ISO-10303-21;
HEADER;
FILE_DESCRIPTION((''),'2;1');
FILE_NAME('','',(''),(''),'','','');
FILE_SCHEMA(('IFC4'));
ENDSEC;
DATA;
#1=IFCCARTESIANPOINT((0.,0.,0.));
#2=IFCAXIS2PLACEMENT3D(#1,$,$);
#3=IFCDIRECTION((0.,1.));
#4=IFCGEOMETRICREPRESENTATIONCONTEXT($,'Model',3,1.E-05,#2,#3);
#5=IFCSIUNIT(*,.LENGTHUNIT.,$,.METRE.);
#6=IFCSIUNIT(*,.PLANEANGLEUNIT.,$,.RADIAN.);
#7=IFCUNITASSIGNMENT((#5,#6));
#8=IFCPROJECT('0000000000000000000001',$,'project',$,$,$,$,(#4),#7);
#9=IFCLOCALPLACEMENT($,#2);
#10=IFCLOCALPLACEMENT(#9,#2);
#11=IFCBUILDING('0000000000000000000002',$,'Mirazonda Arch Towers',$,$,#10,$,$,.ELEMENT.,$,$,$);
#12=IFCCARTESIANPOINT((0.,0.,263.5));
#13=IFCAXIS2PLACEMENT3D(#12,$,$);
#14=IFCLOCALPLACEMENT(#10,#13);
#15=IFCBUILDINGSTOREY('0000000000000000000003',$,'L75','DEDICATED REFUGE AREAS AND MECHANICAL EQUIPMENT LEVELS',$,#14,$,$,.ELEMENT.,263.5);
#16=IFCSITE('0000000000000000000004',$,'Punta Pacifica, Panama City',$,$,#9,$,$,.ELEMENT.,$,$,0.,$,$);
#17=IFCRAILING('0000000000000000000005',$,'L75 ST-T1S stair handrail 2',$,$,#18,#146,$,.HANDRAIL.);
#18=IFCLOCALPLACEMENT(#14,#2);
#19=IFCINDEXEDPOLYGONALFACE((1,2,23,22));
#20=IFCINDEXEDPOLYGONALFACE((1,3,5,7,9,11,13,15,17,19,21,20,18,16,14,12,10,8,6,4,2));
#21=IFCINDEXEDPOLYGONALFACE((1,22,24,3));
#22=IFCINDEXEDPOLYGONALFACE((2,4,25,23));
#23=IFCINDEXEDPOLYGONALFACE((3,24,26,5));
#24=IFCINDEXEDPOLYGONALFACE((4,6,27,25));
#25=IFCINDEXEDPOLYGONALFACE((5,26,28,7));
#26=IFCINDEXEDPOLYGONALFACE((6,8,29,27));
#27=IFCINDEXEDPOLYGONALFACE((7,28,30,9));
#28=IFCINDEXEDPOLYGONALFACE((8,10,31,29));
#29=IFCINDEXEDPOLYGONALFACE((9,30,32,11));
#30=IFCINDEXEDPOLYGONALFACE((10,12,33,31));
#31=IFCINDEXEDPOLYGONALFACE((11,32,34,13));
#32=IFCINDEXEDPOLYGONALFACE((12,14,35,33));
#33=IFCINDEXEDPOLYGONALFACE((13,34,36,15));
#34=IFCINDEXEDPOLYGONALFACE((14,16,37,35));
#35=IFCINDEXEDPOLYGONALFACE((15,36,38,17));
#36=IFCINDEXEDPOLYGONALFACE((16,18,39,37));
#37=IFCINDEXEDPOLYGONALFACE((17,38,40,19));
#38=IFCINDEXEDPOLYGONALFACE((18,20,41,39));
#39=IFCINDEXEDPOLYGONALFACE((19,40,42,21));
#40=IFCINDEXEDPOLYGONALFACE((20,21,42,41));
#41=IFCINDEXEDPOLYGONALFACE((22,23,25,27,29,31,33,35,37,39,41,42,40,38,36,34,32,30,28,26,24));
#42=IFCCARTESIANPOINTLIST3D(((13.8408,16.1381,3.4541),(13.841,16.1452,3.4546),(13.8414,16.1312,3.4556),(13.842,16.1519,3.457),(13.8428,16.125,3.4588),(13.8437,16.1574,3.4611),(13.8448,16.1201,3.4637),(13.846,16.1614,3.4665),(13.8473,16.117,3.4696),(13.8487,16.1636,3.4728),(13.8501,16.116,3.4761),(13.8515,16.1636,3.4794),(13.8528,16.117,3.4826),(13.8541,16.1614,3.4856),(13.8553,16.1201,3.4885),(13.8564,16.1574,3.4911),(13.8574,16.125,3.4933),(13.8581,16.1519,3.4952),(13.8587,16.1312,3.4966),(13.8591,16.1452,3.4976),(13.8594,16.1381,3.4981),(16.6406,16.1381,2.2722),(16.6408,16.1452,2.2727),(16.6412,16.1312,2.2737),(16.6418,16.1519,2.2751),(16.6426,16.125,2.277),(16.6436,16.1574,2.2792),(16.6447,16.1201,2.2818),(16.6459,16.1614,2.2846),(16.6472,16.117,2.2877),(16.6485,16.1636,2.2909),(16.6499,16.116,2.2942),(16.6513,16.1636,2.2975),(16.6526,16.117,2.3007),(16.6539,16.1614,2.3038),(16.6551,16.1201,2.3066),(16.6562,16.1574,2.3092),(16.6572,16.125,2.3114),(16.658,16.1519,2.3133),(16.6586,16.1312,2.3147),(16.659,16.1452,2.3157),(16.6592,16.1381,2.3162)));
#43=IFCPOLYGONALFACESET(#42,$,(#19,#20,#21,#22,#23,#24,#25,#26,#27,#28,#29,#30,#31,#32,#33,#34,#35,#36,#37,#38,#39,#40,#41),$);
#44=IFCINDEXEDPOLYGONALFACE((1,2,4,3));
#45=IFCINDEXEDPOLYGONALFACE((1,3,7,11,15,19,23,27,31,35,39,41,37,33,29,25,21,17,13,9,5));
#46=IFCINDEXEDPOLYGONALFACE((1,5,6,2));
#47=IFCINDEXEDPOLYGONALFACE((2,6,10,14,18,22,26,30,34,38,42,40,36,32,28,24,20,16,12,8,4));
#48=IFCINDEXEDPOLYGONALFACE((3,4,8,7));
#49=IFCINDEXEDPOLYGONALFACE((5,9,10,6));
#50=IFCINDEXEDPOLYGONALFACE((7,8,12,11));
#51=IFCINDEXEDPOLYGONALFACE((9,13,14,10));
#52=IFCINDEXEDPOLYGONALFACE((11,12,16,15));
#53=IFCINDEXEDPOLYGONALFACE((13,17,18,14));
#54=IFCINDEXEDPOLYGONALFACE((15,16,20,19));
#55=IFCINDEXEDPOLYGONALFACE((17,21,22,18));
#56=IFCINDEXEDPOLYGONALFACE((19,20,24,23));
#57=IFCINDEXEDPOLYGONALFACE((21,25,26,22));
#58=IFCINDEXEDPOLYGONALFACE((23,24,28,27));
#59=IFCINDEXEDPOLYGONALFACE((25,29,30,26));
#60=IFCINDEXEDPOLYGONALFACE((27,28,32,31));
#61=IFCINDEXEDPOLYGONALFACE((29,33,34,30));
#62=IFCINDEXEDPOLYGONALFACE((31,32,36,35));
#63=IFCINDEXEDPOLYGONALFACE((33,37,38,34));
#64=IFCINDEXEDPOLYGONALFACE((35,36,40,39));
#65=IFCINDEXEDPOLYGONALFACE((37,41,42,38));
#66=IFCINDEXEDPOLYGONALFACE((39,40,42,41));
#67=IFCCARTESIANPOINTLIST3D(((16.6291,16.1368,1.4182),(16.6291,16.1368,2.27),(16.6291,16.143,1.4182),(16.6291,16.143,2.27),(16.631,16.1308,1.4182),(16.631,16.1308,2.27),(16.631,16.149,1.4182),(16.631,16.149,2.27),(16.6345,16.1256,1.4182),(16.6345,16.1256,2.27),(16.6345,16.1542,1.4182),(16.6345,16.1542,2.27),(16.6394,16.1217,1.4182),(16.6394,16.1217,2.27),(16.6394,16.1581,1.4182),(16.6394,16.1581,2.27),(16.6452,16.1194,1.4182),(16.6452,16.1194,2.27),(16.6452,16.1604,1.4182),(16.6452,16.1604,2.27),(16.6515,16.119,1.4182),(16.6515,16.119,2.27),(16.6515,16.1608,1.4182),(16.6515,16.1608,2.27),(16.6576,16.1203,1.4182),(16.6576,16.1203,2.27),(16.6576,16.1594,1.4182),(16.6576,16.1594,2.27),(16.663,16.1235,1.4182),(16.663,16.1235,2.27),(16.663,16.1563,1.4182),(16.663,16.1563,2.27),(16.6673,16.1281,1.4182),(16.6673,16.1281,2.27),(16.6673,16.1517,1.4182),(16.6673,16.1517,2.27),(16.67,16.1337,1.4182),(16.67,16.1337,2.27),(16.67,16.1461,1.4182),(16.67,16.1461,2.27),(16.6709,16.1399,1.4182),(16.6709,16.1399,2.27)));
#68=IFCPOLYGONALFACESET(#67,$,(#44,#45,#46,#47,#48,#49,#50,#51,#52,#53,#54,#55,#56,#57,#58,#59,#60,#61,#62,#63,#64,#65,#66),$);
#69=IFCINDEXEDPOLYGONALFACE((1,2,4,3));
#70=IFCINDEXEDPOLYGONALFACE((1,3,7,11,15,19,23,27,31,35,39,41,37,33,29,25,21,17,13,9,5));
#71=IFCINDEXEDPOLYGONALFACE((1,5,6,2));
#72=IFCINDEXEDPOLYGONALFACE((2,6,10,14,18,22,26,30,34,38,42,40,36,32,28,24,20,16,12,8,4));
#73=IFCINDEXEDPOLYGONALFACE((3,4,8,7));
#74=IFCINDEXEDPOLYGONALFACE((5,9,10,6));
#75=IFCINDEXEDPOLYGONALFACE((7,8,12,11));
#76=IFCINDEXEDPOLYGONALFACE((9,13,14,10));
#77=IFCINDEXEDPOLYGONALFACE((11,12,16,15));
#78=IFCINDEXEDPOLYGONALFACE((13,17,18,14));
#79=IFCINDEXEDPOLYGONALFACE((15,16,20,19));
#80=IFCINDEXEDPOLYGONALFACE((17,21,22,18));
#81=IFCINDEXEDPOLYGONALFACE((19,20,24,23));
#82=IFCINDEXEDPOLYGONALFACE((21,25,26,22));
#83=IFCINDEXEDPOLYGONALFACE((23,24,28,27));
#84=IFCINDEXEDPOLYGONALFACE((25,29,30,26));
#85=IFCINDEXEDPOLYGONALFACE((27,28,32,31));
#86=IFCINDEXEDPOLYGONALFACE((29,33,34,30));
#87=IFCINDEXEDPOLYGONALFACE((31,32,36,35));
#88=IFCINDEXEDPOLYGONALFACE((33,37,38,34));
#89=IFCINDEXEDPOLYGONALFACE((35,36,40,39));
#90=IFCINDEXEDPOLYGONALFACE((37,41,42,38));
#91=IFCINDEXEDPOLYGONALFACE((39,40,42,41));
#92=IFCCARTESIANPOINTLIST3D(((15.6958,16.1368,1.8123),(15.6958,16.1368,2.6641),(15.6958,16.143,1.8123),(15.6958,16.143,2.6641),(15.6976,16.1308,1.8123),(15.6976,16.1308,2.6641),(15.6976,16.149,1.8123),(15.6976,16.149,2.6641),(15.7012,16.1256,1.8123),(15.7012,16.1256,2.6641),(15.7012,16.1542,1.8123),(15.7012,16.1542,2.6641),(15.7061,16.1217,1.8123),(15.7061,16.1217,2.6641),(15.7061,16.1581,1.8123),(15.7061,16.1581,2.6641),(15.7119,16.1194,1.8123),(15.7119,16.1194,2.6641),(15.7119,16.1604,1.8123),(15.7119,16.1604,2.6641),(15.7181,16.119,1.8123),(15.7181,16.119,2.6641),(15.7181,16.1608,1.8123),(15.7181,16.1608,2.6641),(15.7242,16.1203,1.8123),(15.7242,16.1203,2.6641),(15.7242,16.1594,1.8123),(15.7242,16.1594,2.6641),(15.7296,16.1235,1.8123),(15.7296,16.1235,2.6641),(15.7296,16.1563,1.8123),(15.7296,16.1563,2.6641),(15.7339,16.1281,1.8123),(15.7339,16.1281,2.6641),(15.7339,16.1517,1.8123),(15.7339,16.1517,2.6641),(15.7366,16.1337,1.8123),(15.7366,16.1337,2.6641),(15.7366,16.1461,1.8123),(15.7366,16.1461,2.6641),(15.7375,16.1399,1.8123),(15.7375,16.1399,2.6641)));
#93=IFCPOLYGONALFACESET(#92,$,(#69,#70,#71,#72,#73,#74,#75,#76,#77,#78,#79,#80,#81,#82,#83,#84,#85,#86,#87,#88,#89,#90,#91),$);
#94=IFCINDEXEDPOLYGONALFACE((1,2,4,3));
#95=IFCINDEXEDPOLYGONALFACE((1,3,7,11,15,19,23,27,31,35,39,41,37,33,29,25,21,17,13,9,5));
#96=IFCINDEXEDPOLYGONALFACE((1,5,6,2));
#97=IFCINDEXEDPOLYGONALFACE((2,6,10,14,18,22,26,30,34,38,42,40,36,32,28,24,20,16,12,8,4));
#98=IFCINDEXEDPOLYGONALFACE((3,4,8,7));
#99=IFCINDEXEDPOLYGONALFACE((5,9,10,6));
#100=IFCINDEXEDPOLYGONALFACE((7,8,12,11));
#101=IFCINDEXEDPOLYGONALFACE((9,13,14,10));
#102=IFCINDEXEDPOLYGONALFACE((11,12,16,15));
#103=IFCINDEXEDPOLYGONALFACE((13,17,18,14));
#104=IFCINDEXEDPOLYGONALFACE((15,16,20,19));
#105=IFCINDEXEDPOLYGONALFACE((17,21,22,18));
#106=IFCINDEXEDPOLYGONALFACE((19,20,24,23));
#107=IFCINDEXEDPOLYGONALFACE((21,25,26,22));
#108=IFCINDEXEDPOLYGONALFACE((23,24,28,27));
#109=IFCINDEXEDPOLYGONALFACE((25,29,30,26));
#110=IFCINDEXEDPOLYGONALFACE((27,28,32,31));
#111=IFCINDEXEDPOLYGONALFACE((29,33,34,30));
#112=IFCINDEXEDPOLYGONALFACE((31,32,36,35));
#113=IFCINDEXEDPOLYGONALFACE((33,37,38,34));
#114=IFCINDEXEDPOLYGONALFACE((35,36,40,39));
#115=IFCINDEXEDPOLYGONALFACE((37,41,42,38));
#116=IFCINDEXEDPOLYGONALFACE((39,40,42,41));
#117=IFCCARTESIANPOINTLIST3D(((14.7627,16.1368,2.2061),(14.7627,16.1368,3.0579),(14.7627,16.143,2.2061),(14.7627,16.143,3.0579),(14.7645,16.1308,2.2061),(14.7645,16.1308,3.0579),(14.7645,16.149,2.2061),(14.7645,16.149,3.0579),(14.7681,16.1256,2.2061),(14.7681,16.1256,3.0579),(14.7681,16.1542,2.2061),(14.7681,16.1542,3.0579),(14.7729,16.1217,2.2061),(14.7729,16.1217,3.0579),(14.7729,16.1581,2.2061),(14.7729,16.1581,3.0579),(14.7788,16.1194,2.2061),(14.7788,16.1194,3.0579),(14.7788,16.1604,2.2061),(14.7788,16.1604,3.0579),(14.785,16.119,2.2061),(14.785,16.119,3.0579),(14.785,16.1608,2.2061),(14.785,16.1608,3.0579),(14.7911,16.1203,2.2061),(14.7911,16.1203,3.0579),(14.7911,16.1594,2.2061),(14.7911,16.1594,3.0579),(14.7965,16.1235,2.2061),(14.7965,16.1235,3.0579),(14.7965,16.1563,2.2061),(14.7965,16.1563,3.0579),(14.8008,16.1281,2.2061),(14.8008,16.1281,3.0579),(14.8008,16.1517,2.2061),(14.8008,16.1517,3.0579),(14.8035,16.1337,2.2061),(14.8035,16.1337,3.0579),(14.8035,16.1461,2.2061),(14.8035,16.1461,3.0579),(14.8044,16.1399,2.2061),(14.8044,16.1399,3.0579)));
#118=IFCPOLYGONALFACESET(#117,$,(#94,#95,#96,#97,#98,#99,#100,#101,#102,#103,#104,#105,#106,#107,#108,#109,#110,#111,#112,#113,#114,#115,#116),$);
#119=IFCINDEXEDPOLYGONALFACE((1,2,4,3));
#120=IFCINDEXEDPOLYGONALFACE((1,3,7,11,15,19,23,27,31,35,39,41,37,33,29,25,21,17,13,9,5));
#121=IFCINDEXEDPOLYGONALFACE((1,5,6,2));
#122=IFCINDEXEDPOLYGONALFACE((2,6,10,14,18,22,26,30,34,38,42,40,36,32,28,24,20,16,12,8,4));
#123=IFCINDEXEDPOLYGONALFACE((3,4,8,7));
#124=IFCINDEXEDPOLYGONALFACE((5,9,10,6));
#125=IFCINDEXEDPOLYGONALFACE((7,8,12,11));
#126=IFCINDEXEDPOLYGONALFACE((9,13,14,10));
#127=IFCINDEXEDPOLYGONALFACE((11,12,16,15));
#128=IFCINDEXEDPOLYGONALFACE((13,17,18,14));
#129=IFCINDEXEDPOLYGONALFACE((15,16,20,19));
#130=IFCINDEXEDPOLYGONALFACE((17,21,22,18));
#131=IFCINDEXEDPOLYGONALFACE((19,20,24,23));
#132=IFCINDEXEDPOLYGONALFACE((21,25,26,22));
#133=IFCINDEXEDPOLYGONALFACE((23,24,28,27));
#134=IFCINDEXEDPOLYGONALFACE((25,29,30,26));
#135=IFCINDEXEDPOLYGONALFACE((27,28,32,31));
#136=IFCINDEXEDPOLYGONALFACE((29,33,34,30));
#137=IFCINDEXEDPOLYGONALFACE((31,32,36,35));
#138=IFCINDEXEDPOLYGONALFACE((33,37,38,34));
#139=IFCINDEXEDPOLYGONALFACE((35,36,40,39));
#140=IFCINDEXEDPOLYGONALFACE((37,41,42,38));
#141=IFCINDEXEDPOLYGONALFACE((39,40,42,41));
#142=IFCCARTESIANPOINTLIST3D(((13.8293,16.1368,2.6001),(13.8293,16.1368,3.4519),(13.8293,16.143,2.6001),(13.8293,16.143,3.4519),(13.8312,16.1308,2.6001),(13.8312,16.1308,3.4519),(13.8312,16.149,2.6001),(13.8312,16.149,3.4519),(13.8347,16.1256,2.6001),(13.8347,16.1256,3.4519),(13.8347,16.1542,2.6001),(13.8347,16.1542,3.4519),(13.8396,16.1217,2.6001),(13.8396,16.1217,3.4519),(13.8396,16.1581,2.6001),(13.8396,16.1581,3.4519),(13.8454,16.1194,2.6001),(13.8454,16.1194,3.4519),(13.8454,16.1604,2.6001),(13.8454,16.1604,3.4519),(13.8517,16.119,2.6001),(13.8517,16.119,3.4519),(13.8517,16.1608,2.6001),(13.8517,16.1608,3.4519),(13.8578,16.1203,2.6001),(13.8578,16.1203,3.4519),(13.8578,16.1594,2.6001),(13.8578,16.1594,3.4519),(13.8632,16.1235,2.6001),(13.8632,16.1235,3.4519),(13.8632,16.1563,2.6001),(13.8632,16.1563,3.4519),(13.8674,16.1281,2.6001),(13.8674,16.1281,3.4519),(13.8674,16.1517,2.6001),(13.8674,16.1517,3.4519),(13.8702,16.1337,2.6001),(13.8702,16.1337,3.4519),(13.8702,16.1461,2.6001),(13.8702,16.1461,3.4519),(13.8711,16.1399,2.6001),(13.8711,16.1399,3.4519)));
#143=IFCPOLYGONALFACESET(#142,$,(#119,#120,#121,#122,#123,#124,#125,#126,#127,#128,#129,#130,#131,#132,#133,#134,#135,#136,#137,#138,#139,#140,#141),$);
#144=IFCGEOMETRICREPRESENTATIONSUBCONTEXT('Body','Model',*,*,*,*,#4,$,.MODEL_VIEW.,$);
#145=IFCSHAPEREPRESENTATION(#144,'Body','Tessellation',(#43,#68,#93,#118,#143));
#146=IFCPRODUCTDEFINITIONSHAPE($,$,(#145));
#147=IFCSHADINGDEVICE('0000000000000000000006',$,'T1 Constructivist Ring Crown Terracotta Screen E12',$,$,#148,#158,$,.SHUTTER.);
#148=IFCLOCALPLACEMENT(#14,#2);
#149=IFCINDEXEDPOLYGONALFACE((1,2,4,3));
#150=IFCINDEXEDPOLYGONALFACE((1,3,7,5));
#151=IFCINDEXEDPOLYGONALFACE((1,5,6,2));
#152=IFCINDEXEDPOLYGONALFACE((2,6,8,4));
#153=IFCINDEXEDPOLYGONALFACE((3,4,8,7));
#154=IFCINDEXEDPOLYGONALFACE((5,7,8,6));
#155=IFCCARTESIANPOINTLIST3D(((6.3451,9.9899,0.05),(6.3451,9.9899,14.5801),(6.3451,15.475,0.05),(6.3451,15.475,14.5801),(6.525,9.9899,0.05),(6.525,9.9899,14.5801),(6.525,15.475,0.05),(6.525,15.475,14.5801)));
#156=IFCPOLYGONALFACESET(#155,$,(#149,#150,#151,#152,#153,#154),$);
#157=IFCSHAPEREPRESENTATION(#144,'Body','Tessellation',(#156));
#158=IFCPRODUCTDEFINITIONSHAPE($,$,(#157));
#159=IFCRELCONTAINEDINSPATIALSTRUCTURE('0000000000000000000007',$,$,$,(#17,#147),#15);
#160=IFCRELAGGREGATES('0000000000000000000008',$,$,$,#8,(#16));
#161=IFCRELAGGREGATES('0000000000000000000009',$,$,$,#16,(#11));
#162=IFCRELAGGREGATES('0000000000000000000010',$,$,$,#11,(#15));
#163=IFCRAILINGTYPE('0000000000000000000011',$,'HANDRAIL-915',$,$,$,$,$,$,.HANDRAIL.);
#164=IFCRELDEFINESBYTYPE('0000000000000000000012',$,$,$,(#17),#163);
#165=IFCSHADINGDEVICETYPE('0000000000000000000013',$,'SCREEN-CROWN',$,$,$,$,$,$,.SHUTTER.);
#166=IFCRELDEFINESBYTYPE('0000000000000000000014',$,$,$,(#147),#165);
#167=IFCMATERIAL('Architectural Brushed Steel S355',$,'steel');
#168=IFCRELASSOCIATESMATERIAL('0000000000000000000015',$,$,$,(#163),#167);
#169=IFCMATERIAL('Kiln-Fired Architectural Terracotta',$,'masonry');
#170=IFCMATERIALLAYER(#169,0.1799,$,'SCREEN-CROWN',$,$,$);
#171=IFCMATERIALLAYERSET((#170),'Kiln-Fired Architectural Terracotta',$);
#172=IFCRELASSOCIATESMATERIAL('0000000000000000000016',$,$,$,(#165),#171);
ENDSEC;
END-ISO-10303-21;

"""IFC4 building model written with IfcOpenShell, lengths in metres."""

from ifc_helpers import new_model, si_unit, direction, frame, frame_2d, origin, origin_2d, place, context, subcontext, project, spatial, rectangle, circle, extrude, material, layer, layer_set, type_object, element, save


model = new_model("IFC4")

# Units and contexts
model_context = context("Model", 3, precision=1e-05, world=origin(), true_north=direction((0.0, 1.0)))
body_context = subcontext(model_context, "Body", "Model", "MODEL_VIEW")
ifc_project = project(units=[si_unit("LENGTHUNIT", "METRE"), si_unit("PLANEANGLEUNIT", "RADIAN")], contexts=[model_context])

# Site, building, storey
site_placement = place(None, origin())
site = spatial("IfcSite", under=ifc_project, at=site_placement, Name="Punta Pacifica, Panama City", CompositionType="ELEMENT", RefElevation=0.0)
building_placement = place(site_placement, origin())
building = spatial("IfcBuilding", under=site, at=building_placement, Name="Mirazonda Arch Towers", CompositionType="ELEMENT")
storey_placement = place(building_placement, frame((0.0, 0.0, 263.5)))
storey = spatial("IfcBuildingStorey", under=building, at=storey_placement, Name="L75", Description="DEDICATED REFUGE AREAS AND MECHANICAL EQUIPMENT LEVELS", CompositionType="ELEMENT", Elevation=263.5)

# Shared definitions
ifc_material_1 = material(Name="Architectural Brushed Steel S355", Category="steel")

# Railing
railing_type = type_object("IfcRailingType", Name="HANDRAIL-915", PredefinedType="HANDRAIL", material=ifc_material_1)
railing_placement = place(storey_placement, frame((16.6499, 16.1399, 1.4182)))
element("IfcRailing", 1, at=railing_placement, inside=storey, type_object=railing_type, Name="L75 ST-T1S stair handrail 2", PredefinedType="HANDRAIL", context=body_context, shape_type="SweptSolid", body=[
    extrude(circle(Radius=0.0239, at=origin_2d()), frame((0.0, 0.0, 0.876), z_axis=(-0.92128, 0.0, 0.388901), x_axis=(0.0, -1.0, 0.0)), (0.0, 0.0, 1.0), 3.0391),
    extrude(circle(Radius=0.021, at=origin_2d()), origin(), (0.0, 0.0, 1.0), 0.8518),
    extrude(circle(Radius=0.021, at=origin_2d()), frame((-0.9333, 0.0, 0.394)), (0.0, 0.0, 1.0), 0.8518),
    extrude(circle(Radius=0.021, at=origin_2d()), frame((-1.8665, 0.0, 0.7878)), (0.0, 0.0, 1.0), 0.8518),
    extrude(circle(Radius=0.021, at=origin_2d()), frame((-2.7998, 0.0, 1.1819)), (0.0, 0.0, 1.0), 0.8518),
])

# Shading device
ifc_material_2 = material(Name="Kiln-Fired Architectural Terracotta", Category="masonry")
ifc_layer_1 = layer(ifc_material_2, 0.1799, Name="SCREEN-CROWN")
ifc_layer_set_1 = layer_set([ifc_layer_1], Name="Kiln-Fired Architectural Terracotta")
shading_device_type = type_object("IfcShadingDeviceType", Name="SCREEN-CROWN", PredefinedType="SHUTTER", material=ifc_layer_set_1)
shading_device_placement = place(storey_placement, frame((6.4351, 15.4751, 0.05), z_axis=(0.0, 0.0, 1.0), x_axis=(0.0, -1.0, 0.0)))
element("IfcShadingDevice", 2, at=shading_device_placement, inside=storey, type_object=shading_device_type, Name="T1 Constructivist Ring Crown Terracotta Screen E12", PredefinedType="SHUTTER", context=body_context, shape_type="SweptSolid", body=[
    extrude(rectangle(XDim=5.4851, YDim=0.1799, at=frame_2d((2.7427, 0.0))), origin(), (0.0, 0.0, 1.0), 14.53),
])

save(model, "model.ifc")
